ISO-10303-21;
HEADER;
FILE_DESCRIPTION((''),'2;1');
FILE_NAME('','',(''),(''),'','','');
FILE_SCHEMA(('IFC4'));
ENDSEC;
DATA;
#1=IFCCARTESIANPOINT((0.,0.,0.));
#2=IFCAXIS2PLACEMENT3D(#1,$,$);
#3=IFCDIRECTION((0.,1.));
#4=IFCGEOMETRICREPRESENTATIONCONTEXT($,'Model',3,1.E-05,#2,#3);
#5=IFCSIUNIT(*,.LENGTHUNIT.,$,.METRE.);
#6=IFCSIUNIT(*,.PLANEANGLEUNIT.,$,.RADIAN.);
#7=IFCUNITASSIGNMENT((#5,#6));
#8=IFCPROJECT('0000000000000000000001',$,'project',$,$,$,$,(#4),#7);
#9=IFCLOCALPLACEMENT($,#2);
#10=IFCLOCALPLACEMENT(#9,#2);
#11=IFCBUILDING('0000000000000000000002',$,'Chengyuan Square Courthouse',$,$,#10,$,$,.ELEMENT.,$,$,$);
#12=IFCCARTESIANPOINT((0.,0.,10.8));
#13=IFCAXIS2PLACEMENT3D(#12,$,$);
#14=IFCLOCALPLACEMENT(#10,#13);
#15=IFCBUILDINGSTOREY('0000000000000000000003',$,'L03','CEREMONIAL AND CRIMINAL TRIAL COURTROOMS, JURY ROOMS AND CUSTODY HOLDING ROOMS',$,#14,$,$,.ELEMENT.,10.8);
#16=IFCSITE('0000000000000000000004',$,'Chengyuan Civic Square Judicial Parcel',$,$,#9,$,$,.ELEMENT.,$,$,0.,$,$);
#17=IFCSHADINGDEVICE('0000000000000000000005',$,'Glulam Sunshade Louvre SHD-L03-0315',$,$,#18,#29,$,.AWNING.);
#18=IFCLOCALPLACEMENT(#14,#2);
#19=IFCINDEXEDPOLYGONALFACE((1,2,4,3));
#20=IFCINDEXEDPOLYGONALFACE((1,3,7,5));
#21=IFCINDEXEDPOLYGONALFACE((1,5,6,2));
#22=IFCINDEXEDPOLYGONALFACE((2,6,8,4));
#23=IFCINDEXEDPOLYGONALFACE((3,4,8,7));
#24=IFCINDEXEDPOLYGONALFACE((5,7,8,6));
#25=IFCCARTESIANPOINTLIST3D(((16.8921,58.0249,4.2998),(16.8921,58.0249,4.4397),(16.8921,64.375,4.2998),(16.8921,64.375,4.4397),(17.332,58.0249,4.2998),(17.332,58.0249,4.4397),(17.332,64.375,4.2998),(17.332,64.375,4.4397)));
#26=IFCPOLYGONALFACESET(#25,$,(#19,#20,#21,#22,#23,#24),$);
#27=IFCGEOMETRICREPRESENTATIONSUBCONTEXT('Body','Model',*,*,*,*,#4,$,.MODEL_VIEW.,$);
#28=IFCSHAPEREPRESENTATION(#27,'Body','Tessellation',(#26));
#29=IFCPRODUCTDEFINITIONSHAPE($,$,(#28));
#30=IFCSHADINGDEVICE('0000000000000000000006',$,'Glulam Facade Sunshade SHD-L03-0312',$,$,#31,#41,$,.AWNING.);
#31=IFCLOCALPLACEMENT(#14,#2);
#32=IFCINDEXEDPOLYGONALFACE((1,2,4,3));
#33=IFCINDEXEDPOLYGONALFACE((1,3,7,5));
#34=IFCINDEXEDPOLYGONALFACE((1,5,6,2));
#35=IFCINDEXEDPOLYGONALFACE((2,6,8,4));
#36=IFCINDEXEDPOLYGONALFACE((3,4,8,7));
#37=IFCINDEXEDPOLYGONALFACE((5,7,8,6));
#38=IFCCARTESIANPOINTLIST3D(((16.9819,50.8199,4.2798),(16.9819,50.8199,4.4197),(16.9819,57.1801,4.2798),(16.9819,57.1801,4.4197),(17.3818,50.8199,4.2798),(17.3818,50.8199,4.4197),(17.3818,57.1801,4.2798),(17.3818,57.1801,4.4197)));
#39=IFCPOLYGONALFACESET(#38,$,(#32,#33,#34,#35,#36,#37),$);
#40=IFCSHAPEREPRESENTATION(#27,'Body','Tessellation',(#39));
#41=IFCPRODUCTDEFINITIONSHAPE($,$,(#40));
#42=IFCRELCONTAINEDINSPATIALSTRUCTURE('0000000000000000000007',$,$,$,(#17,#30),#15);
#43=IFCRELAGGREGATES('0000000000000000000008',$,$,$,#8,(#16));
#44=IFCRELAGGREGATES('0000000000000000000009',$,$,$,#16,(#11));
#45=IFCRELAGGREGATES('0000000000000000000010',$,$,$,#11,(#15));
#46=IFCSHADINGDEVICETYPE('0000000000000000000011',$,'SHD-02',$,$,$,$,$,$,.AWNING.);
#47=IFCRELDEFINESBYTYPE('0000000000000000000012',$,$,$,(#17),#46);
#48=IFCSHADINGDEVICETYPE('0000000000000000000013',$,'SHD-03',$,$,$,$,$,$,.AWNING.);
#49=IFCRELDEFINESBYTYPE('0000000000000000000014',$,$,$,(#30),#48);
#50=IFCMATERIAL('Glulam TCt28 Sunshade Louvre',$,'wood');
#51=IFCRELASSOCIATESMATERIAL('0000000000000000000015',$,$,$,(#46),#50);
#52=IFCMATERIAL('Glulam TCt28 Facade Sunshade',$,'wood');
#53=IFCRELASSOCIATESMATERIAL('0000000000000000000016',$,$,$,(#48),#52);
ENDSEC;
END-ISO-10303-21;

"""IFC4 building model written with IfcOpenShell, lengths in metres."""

from ifc_helpers import new_model, si_unit, direction, frame, origin, origin_2d, place, context, subcontext, project, spatial, rectangle, extrude, material, type_object, element, save


model = new_model("IFC4")

# Units and contexts
model_context = context("Model", 3, precision=1e-05, world=origin(), true_north=direction((0.0, 1.0)))
body_context = subcontext(model_context, "Body", "Model", "MODEL_VIEW")
ifc_project = project(units=[si_unit("LENGTHUNIT", "METRE"), si_unit("PLANEANGLEUNIT", "RADIAN")], contexts=[model_context])

# Site, building, storey
site_placement = place(None, origin())
site = spatial("IfcSite", under=ifc_project, at=site_placement, Name="Chengyuan Civic Square Judicial Parcel", CompositionType="ELEMENT", RefElevation=0.0)
building_placement = place(site_placement, origin())
building = spatial("IfcBuilding", under=site, at=building_placement, Name="Chengyuan Square Courthouse", CompositionType="ELEMENT")
storey_placement = place(building_placement, frame((0.0, 0.0, 10.8)))
storey = spatial("IfcBuildingStorey", under=building, at=storey_placement, Name="L03", Description="CEREMONIAL AND CRIMINAL TRIAL COURTROOMS, JURY ROOMS AND CUSTODY HOLDING ROOMS", CompositionType="ELEMENT", Elevation=10.8)

# Shading devices
ifc_material_1 = material(Name="Glulam TCt28 Sunshade Louvre", Category="wood")
shading_device_type_1 = type_object("IfcShadingDeviceType", Name="SHD-02", PredefinedType="AWNING", material=ifc_material_1)
shading_device_1_placement = place(storey_placement, frame((17.1121, 61.2, 4.2998), z_axis=(0.0, 0.0, 1.0), x_axis=(0.0, 1.0, 0.0)))
element("IfcShadingDevice", 1, at=shading_device_1_placement, inside=storey, type_object=shading_device_type_1, Name="Glulam Sunshade Louvre SHD-L03-0315", PredefinedType="AWNING", context=body_context, shape_type="SweptSolid", body=[
    extrude(rectangle(XDim=6.3501, YDim=0.4399, at=origin_2d()), origin(), (0.0, 0.0, 1.0), 0.1399),
])
ifc_material_2 = material(Name="Glulam TCt28 Facade Sunshade", Category="wood")
shading_device_type_2 = type_object("IfcShadingDeviceType", Name="SHD-03", PredefinedType="AWNING", material=ifc_material_2)
shading_device_2_placement = place(storey_placement, frame((17.1819, 54.0, 4.2798), z_axis=(0.0, 0.0, 1.0), x_axis=(0.0, 1.0, 0.0)))
element("IfcShadingDevice", 2, at=shading_device_2_placement, inside=storey, type_object=shading_device_type_2, Name="Glulam Facade Sunshade SHD-L03-0312", PredefinedType="AWNING", context=body_context, shape_type="SweptSolid", body=[
    extrude(rectangle(XDim=6.3601, YDim=0.3999, at=origin_2d()), origin(), (0.0, 0.0, 1.0), 0.1399),
])

save(model, "model.ifc")
